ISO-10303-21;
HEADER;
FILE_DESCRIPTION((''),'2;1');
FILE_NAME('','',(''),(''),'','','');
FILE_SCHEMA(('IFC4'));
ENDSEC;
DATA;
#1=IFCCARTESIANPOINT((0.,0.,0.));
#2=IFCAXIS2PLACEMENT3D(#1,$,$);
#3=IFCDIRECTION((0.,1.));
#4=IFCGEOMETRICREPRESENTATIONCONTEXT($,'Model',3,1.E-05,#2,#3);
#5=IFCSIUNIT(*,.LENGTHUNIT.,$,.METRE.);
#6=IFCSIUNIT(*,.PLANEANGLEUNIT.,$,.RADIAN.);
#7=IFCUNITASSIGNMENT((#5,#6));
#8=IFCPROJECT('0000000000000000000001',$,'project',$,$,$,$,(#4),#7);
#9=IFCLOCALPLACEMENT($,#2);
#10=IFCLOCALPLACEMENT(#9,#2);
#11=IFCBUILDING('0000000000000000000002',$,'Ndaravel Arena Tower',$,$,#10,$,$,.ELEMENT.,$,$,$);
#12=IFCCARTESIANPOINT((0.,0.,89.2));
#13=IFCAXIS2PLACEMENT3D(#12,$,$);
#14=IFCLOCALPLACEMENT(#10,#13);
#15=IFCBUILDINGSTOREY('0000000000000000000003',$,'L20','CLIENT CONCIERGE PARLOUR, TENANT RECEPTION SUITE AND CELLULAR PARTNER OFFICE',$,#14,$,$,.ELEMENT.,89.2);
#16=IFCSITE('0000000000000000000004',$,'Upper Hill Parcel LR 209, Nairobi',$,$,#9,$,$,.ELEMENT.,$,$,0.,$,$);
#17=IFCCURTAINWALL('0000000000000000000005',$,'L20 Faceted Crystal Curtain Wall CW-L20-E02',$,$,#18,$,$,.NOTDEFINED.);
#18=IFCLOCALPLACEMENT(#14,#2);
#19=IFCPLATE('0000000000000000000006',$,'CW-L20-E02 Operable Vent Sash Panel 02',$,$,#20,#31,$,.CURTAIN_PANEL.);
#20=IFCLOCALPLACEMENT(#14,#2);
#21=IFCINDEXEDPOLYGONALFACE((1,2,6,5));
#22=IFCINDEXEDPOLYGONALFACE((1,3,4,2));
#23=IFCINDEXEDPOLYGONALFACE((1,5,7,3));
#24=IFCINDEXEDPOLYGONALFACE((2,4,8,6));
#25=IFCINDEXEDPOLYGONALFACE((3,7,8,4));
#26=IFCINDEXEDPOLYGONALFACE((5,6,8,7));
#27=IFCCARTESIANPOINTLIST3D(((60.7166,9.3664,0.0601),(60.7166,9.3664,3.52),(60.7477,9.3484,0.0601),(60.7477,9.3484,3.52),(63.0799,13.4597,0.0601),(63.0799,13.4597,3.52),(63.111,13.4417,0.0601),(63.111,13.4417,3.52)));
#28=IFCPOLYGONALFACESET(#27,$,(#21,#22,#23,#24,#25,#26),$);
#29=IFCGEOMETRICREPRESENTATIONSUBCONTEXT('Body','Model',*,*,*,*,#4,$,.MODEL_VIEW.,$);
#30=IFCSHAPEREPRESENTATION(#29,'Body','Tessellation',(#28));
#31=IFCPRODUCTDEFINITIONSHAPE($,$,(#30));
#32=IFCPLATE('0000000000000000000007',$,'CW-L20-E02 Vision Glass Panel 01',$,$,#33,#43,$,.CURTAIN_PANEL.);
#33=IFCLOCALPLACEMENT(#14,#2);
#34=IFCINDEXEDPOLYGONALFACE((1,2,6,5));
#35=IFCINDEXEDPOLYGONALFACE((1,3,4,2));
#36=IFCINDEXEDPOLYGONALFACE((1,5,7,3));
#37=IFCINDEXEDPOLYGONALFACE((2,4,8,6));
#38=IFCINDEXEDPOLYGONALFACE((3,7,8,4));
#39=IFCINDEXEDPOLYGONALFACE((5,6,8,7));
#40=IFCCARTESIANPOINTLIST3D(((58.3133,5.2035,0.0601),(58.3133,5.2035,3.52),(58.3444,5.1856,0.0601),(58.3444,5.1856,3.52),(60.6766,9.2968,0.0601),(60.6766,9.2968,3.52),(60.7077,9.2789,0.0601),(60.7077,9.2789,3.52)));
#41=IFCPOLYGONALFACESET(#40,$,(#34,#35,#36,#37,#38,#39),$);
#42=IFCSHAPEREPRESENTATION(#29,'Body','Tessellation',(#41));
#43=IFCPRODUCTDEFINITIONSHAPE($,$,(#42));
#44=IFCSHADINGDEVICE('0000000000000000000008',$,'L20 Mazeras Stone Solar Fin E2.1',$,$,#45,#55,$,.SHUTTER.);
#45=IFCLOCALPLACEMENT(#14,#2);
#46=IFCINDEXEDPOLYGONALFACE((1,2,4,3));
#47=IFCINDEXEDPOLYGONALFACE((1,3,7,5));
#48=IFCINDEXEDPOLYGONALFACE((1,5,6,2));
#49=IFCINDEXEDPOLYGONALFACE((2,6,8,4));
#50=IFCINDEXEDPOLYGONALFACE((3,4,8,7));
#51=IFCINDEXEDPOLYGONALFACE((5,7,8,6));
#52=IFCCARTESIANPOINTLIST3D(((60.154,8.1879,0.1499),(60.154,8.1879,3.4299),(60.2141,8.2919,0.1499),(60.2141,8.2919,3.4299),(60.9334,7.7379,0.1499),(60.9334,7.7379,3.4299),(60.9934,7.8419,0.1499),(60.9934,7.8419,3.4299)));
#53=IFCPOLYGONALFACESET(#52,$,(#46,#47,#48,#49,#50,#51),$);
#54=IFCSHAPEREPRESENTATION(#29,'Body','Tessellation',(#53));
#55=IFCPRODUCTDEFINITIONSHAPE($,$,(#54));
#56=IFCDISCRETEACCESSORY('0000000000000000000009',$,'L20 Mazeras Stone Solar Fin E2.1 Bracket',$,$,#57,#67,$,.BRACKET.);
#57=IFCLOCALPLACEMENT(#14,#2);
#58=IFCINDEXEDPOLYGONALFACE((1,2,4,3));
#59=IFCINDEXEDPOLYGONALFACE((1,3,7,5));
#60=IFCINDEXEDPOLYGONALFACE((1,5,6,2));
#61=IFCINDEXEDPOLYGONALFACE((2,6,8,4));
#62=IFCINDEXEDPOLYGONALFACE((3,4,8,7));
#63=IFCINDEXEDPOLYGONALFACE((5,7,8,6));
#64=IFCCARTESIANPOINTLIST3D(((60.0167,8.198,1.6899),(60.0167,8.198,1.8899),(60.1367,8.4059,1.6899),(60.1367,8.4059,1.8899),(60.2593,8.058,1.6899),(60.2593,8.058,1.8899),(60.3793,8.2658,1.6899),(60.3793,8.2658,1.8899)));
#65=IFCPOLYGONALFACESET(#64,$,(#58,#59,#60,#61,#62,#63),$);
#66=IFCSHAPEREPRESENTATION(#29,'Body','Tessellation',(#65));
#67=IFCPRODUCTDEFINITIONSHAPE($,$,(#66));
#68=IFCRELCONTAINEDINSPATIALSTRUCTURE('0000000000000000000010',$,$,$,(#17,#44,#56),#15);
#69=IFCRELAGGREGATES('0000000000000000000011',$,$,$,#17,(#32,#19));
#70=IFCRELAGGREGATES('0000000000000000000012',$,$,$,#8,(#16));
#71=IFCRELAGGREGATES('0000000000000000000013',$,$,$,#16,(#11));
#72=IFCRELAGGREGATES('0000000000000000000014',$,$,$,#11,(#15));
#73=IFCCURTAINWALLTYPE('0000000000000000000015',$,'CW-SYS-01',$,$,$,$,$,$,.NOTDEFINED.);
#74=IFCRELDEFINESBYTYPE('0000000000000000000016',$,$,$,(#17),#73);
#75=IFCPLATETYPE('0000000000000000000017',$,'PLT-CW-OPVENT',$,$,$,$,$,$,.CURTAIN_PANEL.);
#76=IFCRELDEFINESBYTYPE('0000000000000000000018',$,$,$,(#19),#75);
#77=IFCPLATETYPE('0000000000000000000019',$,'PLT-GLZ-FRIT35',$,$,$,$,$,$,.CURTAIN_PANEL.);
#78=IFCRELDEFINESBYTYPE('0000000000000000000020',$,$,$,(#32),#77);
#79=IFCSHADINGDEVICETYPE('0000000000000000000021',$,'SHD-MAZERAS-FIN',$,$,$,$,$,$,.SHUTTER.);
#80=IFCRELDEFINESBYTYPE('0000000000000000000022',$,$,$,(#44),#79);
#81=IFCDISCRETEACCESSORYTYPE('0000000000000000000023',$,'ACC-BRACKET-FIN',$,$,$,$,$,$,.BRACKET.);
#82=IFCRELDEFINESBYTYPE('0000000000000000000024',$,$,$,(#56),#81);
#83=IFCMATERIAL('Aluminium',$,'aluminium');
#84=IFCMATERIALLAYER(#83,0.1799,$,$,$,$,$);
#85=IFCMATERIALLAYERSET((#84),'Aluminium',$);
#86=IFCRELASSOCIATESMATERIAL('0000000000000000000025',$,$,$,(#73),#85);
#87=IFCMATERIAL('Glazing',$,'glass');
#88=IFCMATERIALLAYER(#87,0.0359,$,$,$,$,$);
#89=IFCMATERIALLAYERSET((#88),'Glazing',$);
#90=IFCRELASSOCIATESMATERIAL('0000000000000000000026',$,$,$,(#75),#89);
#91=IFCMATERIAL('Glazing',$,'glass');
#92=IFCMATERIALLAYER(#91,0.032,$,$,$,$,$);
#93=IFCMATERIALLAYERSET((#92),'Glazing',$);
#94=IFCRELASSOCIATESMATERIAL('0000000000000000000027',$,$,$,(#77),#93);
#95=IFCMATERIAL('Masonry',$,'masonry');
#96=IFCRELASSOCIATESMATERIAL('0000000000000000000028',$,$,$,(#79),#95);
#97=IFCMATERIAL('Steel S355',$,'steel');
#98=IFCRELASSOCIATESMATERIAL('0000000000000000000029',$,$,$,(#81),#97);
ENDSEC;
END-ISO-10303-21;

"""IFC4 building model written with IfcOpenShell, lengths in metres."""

from ifc_helpers import new_model, si_unit, direction, frame, origin, origin_2d, place, context, subcontext, project, spatial, rectangle, extrude, material, layer, layer_set, type_object, element, aggregate, save


model = new_model("IFC4")

# Units and contexts
model_context = context("Model", 3, precision=1e-05, world=origin(), true_north=direction((0.0, 1.0)))
body_context = subcontext(model_context, "Body", "Model", "MODEL_VIEW")
ifc_project = project(units=[si_unit("LENGTHUNIT", "METRE"), si_unit("PLANEANGLEUNIT", "RADIAN")], contexts=[model_context])

# Site, building, storey
site_placement = place(None, origin())
site = spatial("IfcSite", under=ifc_project, at=site_placement, Name="Upper Hill Parcel LR 209, Nairobi", CompositionType="ELEMENT", RefElevation=0.0)
building_placement = place(site_placement, origin())
building = spatial("IfcBuilding", under=site, at=building_placement, Name="Ndaravel Arena Tower", CompositionType="ELEMENT")
storey_placement = place(building_placement, frame((0.0, 0.0, 89.2)))
storey = spatial("IfcBuildingStorey", under=building, at=storey_placement, Name="L20", Description="CLIENT CONCIERGE PARLOUR, TENANT RECEPTION SUITE AND CELLULAR PARTNER OFFICE", CompositionType="ELEMENT", Elevation=89.2)

# Curtain wall, plates
ifc_material_1 = material(Name="Aluminium", Category="aluminium")
ifc_layer_1 = layer(ifc_material_1, 0.1799)
ifc_layer_set_1 = layer_set([ifc_layer_1], Name="Aluminium")
curtain_wall_type = type_object("IfcCurtainWallType", Name="CW-SYS-01", PredefinedType="NOTDEFINED", material=ifc_layer_set_1)
curtain_wall_placement = place(storey_placement, origin())
curtain_wall = element("IfcCurtainWall", 1, at=curtain_wall_placement, inside=storey, type_object=curtain_wall_type, Name="L20 Faceted Crystal Curtain Wall CW-L20-E02", PredefinedType="NOTDEFINED")
ifc_material_2 = material(Name="Glazing", Category="glass")
ifc_layer_2 = layer(ifc_material_2, 0.0359)
ifc_layer_set_2 = layer_set([ifc_layer_2], Name="Glazing")
plate_type_1 = type_object("IfcPlateType", Name="PLT-CW-OPVENT", PredefinedType="CURTAIN_PANEL", material=ifc_layer_set_2)
plate_1_placement = place(storey_placement, frame((61.9138, 11.4041, 0.0601), z_axis=(0.0, 0.0, 1.0), x_axis=(0.5, 0.866025, 0.0)))
plate_1 = element("IfcPlate", 2, at=plate_1_placement, type_object=plate_type_1, Name="CW-L20-E02 Operable Vent Sash Panel 02", PredefinedType="CURTAIN_PANEL", context=body_context, shape_type="SweptSolid", body=[
    extrude(rectangle(XDim=4.7266, YDim=0.0359, at=origin_2d()), origin(), (0.0, 0.0, 1.0), 3.46),
])
ifc_material_3 = material(Name="Glazing", Category="glass")
ifc_layer_3 = layer(ifc_material_3, 0.032)
ifc_layer_set_3 = layer_set([ifc_layer_3], Name="Glazing")
plate_type_2 = type_object("IfcPlateType", Name="PLT-GLZ-FRIT35", PredefinedType="CURTAIN_PANEL", material=ifc_layer_set_3)
plate_2_placement = place(storey_placement, frame((59.5105, 7.2412, 0.0601), z_axis=(0.0, 0.0, 1.0), x_axis=(0.5, 0.866025, 0.0)))
plate_2 = element("IfcPlate", 3, at=plate_2_placement, type_object=plate_type_2, Name="CW-L20-E02 Vision Glass Panel 01", PredefinedType="CURTAIN_PANEL", context=body_context, shape_type="SweptSolid", body=[
    extrude(rectangle(XDim=4.7266, YDim=0.0359, at=origin_2d()), origin(), (0.0, 0.0, 1.0), 3.46),
])
aggregate(curtain_wall, [plate_2, plate_1])

# Shading device
ifc_material_4 = material(Name="Masonry", Category="masonry")
shading_device_type = type_object("IfcShadingDeviceType", Name="SHD-MAZERAS-FIN", PredefinedType="SHUTTER", material=ifc_material_4)
shading_device_placement = place(storey_placement, frame((60.5737, 8.0149, 0.1499), z_axis=(0.0, 0.0, 1.0), x_axis=(0.866025, -0.5, 0.0)))
element("IfcShadingDevice", 4, at=shading_device_placement, inside=storey, type_object=shading_device_type, Name="L20 Mazeras Stone Solar Fin E2.1", PredefinedType="SHUTTER", context=body_context, shape_type="SweptSolid", body=[
    extrude(rectangle(XDim=0.8999, YDim=0.1201, at=origin_2d()), origin(), (0.0, 0.0, 1.0), 3.28),
])

# Discrete accessory
ifc_material_5 = material(Name="Steel S355", Category="steel")
discrete_accessory_type = type_object("IfcDiscreteAccessoryType", Name="ACC-BRACKET-FIN", PredefinedType="BRACKET", material=ifc_material_5)
discrete_accessory_placement = place(storey_placement, frame((60.198, 8.2319, 1.6899), z_axis=(0.0, 0.0, 1.0), x_axis=(0.866025, -0.5, 0.0)))
element("IfcDiscreteAccessory", 5, at=discrete_accessory_placement, inside=storey, type_object=discrete_accessory_type, Name="L20 Mazeras Stone Solar Fin E2.1 Bracket", PredefinedType="BRACKET", context=body_context, shape_type="SweptSolid", body=[
    extrude(rectangle(XDim=0.28, YDim=0.24, at=origin_2d()), origin(), (0.0, 0.0, 1.0), 0.2),
])

save(model, "model.ifc")
